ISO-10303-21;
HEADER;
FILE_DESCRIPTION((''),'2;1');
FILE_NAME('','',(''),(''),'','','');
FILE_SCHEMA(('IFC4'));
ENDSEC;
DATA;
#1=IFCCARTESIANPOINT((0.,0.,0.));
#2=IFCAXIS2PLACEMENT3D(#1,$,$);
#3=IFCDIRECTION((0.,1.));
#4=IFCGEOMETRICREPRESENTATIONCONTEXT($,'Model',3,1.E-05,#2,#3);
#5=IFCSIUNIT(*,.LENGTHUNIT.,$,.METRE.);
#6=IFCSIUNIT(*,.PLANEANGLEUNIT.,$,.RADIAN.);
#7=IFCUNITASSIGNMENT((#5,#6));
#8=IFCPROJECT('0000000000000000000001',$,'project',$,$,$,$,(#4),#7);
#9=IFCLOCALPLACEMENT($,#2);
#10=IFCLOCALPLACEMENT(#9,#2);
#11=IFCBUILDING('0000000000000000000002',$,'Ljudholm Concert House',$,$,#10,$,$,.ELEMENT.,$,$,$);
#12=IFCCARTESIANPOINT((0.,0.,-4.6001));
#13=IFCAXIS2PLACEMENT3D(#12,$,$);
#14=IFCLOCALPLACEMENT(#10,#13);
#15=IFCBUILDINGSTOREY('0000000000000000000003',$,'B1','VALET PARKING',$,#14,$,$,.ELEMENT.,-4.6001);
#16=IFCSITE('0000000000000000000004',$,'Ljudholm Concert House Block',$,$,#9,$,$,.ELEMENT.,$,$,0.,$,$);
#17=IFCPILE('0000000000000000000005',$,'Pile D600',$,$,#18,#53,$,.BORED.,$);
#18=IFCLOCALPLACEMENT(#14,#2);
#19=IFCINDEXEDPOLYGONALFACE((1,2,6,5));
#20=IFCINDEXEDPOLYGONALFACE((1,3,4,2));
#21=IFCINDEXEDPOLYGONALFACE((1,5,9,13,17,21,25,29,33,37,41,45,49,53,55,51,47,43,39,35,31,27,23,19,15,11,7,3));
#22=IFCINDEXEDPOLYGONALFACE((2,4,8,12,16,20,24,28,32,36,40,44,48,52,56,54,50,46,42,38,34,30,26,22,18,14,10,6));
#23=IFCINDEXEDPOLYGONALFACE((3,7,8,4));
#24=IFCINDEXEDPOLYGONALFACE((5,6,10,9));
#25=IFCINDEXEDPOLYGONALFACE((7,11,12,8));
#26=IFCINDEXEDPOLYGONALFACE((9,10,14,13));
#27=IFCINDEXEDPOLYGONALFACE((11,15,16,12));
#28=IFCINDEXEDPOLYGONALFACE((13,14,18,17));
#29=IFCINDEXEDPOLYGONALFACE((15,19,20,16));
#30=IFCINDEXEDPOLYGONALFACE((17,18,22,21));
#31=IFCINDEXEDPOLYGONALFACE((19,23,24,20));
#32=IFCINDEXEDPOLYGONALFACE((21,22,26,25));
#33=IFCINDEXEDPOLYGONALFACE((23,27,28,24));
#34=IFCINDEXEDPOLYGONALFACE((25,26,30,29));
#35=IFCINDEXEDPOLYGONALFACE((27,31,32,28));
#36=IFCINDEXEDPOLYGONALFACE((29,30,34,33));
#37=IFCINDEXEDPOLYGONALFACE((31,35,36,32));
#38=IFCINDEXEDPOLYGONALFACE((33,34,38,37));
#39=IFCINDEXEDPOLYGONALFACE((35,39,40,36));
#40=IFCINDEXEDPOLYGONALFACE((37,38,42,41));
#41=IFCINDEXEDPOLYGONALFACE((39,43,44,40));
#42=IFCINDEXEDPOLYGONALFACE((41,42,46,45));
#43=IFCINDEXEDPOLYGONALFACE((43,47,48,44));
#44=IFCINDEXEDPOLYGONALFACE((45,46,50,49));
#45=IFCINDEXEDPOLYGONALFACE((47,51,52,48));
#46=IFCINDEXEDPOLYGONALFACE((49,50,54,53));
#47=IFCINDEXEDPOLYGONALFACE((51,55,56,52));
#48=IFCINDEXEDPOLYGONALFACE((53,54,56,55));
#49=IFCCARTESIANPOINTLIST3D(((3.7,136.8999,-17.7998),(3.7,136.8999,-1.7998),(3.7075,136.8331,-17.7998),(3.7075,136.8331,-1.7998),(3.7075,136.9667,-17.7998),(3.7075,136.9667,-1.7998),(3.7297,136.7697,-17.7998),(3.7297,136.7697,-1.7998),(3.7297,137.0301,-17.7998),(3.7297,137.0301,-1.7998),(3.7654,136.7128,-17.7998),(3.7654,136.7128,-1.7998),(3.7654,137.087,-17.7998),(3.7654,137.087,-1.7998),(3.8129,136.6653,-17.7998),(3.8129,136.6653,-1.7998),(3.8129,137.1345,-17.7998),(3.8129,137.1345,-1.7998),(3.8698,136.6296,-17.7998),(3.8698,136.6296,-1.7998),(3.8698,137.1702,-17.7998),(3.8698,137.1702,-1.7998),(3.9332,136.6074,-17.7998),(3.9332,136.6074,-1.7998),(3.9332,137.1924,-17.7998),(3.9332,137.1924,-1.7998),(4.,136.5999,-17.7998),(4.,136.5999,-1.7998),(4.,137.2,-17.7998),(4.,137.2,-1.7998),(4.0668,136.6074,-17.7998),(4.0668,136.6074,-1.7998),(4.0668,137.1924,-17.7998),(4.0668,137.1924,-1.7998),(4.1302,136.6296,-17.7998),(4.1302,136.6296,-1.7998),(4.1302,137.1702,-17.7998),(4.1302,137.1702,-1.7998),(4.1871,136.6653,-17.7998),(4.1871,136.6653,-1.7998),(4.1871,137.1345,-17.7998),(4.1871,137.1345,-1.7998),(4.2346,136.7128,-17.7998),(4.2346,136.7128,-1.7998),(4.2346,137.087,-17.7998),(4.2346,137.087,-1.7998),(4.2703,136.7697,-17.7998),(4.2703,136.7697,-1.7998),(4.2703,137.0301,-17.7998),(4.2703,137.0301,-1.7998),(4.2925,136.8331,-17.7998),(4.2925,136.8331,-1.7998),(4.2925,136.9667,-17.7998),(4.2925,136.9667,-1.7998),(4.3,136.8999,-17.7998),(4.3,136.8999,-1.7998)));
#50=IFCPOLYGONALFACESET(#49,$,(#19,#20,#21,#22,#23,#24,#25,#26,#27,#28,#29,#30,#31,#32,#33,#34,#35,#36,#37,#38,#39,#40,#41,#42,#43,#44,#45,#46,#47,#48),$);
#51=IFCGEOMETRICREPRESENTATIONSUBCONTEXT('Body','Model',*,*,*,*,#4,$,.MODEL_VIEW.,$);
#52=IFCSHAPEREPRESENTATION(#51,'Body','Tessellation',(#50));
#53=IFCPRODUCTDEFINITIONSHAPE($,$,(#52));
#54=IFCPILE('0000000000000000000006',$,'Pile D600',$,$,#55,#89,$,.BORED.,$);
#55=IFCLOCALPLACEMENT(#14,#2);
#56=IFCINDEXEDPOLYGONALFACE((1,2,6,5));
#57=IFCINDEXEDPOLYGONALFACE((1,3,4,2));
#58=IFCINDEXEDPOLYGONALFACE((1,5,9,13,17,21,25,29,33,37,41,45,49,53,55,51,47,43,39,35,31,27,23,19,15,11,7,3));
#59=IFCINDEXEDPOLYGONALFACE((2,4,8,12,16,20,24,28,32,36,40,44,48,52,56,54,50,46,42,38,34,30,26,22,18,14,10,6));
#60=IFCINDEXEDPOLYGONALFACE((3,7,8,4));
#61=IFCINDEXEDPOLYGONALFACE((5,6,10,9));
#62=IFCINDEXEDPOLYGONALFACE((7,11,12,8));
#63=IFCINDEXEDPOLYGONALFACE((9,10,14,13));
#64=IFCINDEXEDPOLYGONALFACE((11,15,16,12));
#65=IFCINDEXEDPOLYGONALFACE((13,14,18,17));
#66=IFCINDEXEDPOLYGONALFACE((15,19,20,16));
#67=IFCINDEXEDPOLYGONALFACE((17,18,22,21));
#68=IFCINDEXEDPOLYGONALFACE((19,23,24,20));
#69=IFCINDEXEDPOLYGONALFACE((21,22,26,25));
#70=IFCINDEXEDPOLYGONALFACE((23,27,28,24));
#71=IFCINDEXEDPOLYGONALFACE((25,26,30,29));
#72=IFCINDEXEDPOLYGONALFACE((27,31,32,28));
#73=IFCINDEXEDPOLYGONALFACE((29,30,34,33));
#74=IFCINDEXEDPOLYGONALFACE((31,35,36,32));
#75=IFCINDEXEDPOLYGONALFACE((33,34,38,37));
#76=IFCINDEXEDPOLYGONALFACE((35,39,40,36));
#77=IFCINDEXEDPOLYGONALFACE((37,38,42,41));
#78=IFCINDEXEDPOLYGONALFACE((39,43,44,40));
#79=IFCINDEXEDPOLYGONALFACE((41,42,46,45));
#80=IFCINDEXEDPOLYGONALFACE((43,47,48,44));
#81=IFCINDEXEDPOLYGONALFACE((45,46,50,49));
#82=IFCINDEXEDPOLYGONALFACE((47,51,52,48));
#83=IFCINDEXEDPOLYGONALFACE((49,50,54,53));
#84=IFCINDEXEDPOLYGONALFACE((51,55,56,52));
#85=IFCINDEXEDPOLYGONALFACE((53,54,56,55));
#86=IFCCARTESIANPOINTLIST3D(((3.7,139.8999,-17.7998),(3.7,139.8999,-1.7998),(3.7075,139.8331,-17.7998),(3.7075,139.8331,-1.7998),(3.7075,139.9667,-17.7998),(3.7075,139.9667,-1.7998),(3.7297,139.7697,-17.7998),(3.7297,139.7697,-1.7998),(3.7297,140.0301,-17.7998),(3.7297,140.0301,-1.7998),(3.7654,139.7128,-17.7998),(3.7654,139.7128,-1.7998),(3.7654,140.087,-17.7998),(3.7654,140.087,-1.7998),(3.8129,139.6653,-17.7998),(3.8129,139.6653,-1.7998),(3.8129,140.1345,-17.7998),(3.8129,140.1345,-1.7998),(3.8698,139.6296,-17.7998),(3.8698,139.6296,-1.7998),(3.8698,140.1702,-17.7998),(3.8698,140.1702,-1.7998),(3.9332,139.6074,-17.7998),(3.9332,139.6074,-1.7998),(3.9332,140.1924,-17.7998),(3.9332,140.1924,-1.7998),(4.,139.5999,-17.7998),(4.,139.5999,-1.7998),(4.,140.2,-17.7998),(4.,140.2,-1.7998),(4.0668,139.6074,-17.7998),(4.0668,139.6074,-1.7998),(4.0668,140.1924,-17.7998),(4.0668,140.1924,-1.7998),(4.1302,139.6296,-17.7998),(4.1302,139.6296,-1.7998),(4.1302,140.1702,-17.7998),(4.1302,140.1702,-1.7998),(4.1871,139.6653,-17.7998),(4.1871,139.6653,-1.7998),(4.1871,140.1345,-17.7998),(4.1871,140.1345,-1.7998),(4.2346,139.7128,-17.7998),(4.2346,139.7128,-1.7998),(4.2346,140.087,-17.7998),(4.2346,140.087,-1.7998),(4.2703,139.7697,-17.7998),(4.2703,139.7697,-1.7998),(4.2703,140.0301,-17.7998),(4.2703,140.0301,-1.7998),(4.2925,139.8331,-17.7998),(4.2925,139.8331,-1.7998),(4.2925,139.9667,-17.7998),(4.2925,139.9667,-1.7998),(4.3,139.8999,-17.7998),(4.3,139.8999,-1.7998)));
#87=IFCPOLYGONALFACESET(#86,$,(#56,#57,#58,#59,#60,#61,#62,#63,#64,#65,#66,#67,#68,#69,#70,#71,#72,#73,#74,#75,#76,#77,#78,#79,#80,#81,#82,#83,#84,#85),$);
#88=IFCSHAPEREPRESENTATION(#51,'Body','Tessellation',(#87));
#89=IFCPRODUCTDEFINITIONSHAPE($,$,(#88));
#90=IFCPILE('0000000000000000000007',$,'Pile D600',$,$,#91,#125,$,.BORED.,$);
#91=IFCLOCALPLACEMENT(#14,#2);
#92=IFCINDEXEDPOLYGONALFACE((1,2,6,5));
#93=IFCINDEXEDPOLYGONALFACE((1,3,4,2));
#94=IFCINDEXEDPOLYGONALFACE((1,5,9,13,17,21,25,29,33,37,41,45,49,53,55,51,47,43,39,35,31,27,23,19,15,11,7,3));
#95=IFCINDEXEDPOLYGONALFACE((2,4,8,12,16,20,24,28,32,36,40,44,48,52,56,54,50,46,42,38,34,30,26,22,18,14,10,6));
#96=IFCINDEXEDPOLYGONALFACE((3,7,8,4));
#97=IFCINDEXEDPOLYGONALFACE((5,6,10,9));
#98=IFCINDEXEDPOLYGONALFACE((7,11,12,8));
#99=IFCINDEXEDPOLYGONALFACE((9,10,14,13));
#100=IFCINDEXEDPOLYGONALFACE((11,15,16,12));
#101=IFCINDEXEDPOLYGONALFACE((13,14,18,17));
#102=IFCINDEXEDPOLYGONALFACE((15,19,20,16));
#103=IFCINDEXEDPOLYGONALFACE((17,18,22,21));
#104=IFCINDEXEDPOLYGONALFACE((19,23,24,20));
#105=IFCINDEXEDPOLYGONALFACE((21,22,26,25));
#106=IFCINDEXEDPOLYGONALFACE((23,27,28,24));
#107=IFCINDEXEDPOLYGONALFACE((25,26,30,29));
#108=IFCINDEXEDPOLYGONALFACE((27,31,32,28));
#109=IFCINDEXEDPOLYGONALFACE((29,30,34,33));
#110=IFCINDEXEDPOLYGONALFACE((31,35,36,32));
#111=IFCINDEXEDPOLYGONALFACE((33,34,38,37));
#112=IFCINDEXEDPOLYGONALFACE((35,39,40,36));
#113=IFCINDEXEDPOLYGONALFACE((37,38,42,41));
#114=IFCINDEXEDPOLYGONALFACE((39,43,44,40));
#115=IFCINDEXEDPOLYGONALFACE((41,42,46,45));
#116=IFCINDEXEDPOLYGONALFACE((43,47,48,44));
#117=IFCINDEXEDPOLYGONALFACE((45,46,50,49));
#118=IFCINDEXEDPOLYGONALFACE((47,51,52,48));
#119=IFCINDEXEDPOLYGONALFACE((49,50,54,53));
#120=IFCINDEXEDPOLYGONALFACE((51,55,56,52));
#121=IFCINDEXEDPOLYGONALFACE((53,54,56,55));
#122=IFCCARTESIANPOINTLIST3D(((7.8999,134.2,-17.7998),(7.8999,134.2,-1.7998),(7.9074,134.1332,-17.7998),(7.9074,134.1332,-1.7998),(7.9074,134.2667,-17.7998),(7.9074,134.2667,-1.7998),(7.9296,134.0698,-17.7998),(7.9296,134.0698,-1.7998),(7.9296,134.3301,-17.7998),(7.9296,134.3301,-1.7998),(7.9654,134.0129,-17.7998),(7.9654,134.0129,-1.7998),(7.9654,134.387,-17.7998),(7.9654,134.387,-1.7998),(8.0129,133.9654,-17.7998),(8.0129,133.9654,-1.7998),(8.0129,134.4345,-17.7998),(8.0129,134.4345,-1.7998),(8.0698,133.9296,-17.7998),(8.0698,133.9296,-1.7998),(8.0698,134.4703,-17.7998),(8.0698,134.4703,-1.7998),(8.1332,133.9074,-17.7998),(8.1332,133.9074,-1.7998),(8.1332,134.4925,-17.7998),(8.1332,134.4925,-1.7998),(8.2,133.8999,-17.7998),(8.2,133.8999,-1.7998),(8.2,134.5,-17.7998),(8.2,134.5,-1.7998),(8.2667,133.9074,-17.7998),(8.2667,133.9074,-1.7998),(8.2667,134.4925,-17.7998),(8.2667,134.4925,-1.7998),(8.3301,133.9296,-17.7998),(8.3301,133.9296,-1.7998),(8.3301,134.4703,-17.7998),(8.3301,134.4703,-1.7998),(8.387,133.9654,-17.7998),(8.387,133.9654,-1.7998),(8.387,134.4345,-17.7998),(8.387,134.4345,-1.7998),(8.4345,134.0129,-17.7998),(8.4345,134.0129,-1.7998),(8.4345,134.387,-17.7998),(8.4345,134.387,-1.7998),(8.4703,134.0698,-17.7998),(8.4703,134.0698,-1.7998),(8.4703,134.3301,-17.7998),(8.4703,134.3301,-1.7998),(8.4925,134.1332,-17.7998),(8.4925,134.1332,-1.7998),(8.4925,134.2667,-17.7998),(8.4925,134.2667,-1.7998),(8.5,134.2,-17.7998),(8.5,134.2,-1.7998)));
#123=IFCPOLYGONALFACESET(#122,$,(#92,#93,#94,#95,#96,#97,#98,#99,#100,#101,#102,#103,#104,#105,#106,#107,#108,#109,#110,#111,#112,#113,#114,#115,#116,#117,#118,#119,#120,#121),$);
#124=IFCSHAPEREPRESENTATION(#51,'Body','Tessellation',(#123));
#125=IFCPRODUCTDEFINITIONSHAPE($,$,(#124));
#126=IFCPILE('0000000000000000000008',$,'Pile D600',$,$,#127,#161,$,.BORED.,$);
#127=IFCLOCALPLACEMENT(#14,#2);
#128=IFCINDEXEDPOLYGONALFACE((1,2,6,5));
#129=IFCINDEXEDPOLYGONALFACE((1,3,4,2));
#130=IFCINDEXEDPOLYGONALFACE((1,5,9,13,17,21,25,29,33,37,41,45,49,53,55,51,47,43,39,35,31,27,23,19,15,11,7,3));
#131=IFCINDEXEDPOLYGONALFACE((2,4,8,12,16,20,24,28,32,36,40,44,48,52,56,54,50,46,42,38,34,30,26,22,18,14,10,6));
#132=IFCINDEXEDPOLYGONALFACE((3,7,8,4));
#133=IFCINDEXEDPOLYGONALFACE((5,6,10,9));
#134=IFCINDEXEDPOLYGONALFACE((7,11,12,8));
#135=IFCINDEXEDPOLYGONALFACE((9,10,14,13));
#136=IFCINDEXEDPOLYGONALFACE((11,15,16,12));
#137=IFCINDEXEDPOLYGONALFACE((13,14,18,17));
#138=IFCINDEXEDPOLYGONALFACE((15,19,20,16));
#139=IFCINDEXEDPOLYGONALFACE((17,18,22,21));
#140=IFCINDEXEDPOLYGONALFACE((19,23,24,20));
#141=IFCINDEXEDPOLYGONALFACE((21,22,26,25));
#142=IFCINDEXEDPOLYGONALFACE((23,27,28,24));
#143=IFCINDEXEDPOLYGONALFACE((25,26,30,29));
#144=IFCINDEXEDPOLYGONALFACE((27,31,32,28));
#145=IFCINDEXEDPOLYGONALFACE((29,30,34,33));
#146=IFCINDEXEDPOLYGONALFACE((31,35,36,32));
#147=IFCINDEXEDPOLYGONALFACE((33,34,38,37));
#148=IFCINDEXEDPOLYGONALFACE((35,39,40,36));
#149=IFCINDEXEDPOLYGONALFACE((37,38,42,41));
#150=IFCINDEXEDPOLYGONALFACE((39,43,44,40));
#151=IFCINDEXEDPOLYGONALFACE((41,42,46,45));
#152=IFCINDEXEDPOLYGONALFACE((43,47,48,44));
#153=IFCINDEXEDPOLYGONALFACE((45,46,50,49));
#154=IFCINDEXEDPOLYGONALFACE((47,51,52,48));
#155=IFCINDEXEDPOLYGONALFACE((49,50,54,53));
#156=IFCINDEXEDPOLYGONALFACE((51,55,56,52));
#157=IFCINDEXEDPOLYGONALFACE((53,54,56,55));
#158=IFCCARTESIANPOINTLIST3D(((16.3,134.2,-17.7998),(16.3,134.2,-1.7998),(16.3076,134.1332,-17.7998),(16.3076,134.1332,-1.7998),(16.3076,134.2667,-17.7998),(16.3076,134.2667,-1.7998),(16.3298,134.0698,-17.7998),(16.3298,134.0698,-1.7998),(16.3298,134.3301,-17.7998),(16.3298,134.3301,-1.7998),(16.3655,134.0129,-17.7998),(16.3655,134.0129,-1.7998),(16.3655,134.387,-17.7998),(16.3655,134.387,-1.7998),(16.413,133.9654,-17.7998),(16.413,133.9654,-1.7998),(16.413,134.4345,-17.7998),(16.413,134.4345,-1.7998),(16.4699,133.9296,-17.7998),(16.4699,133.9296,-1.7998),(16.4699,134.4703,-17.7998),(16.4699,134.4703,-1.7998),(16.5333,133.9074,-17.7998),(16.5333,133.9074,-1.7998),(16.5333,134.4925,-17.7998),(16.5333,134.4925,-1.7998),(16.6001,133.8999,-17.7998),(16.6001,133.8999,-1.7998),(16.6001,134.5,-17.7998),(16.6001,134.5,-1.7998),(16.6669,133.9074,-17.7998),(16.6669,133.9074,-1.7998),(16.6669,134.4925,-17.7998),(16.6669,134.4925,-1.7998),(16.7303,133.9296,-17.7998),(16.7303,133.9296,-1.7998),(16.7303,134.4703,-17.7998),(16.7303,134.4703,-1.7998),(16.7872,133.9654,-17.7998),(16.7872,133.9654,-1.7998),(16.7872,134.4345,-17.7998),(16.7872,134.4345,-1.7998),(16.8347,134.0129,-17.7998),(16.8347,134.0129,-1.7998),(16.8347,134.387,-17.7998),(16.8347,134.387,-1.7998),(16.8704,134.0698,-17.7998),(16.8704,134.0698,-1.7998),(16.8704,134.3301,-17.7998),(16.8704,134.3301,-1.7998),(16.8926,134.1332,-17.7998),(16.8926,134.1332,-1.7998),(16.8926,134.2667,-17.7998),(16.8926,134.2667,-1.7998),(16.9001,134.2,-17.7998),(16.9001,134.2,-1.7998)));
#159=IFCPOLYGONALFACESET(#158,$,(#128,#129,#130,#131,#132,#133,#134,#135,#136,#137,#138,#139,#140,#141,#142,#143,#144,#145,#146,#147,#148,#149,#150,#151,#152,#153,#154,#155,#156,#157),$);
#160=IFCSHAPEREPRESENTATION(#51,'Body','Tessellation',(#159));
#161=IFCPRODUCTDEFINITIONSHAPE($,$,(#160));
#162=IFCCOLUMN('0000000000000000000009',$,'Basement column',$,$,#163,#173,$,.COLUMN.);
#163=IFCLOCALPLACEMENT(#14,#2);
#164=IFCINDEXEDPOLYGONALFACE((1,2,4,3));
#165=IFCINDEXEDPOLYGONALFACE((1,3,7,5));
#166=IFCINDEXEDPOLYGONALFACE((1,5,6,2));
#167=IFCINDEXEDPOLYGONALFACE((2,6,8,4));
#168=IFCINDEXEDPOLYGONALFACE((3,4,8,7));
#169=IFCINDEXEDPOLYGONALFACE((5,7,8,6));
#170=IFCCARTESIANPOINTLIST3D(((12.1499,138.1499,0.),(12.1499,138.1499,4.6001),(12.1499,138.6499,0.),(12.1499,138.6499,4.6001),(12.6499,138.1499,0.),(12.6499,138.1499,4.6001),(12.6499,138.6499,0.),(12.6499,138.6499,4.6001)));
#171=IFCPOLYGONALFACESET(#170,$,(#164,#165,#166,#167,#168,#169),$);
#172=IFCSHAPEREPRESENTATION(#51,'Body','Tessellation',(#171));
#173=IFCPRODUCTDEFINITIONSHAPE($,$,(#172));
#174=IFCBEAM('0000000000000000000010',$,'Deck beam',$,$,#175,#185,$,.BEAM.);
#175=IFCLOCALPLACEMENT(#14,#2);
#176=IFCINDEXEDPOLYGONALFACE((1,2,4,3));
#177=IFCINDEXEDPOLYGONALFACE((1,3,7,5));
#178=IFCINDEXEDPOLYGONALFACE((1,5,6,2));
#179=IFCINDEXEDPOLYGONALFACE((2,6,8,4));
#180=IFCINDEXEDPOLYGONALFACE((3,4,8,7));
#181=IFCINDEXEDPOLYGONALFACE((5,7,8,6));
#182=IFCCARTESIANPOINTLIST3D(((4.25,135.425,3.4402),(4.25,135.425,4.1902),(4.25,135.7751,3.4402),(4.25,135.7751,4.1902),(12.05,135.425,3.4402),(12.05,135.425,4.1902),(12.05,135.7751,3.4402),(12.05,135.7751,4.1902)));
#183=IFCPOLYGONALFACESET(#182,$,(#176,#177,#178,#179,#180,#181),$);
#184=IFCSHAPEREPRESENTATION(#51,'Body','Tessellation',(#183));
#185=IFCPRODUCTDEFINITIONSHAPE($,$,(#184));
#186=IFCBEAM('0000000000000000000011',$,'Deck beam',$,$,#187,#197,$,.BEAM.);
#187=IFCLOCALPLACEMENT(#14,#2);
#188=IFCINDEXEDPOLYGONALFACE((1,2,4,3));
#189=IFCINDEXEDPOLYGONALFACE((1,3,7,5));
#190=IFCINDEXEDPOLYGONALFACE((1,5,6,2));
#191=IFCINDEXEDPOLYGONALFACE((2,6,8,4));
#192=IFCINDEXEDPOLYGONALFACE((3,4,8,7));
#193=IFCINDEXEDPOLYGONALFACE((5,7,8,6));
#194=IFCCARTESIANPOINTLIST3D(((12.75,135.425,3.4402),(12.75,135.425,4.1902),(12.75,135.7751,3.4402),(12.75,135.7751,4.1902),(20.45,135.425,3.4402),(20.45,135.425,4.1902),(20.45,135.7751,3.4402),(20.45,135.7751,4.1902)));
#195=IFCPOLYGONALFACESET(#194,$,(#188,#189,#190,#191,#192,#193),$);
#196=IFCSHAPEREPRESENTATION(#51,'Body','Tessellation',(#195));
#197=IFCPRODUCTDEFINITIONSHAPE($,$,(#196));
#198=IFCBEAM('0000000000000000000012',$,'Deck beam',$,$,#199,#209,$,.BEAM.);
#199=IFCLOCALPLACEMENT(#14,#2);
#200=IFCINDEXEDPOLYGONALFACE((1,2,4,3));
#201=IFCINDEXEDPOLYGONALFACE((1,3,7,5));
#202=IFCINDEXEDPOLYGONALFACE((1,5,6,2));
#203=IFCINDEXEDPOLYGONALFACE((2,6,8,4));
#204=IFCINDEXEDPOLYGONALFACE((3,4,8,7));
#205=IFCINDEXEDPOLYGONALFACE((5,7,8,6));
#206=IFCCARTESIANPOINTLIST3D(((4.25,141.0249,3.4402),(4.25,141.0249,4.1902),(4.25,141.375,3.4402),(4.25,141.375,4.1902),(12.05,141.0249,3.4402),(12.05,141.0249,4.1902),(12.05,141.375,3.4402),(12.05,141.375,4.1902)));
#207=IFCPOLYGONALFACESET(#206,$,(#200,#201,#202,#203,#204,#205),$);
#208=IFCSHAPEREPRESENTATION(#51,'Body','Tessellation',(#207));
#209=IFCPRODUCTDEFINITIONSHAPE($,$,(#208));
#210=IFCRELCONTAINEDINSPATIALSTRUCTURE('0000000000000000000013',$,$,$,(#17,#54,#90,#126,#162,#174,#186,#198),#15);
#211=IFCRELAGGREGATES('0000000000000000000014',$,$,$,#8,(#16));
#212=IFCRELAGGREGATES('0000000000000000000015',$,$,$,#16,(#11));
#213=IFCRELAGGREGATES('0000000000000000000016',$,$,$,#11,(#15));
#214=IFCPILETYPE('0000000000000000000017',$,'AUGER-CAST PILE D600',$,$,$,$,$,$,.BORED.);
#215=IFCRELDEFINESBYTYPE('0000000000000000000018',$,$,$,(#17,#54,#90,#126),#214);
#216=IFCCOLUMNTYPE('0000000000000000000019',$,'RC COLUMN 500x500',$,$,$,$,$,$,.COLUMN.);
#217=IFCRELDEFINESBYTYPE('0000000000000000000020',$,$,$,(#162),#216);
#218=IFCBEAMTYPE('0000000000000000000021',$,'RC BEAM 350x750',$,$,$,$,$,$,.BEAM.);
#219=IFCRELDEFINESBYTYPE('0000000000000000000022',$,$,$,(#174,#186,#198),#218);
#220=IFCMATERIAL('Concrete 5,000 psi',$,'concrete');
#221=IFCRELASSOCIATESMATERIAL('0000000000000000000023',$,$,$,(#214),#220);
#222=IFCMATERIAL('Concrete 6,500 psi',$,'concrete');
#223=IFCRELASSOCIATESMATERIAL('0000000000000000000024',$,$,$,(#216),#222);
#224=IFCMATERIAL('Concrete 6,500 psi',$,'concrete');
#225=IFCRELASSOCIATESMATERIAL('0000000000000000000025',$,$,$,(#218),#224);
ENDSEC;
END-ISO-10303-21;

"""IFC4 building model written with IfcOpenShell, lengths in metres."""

from ifc_helpers import new_model, si_unit, direction, frame, origin, origin_2d, place, context, subcontext, project, spatial, rectangle, circle, extrude, material, material_profile, profile_set, type_object, element, save


model = new_model("IFC4")

# Units and contexts
model_context = context("Model", 3, precision=1e-05, world=origin(), true_north=direction((0.0, 1.0)))
body_context = subcontext(model_context, "Body", "Model", "MODEL_VIEW")
ifc_project = project(units=[si_unit("LENGTHUNIT", "METRE"), si_unit("PLANEANGLEUNIT", "RADIAN")], contexts=[model_context])

# Site, building, storey
site_placement = place(None, origin())
site = spatial("IfcSite", under=ifc_project, at=site_placement, Name="Ljudholm Concert House Block", CompositionType="ELEMENT", RefElevation=0.0)
building_placement = place(site_placement, origin())
building = spatial("IfcBuilding", under=site, at=building_placement, Name="Ljudholm Concert House", CompositionType="ELEMENT")
storey_placement = place(building_placement, frame((0.0, 0.0, -4.6001)))
storey = spatial("IfcBuildingStorey", under=building, at=storey_placement, Name="B1", Description="VALET PARKING", CompositionType="ELEMENT", Elevation=-4.6001)

# Piles
ifc_material_1 = material(Name="Concrete 5,000 psi", Category="concrete")
ifc_material_profile_1 = material_profile(ifc_material_1, circle(Radius=0.3, at=origin_2d()), Name="AUGER-CAST PILE D600")
ifc_profile_set_1 = profile_set([ifc_material_profile_1], Name="Concrete 5,000 psi")
pile_type = type_object("IfcPileType", Name="AUGER-CAST PILE D600", PredefinedType="BORED", material=ifc_profile_set_1)
for number, where, z_axis, x_axis, name in (
    (1, (4.0, 136.8999, -1.7998), (0.0, 0.0, -1.0), (1.0, 0.0, 0.0), "Pile D600"),
    (2, (4.0, 139.8999, -1.7998), (0.0, 0.0, -1.0), (1.0, 0.0, 0.0), "Pile D600"),
    (3, (8.2, 134.2, -1.7998), (0.0, 0.0, -1.0), (1.0, 0.0, 0.0), "Pile D600"),
    (4, (16.6001, 134.2, -1.7998), (0.0, 0.0, -1.0), (1.0, 0.0, 0.0), "Pile D600"),
):
    element("IfcPile", number, at=place(storey_placement, frame(where, z_axis=z_axis, x_axis=x_axis)), inside=storey, type_object=pile_type, Name=name, PredefinedType="BORED", context=body_context, shape_type="SweptSolid", body=[
        extrude(circle(Radius=0.3, at=origin_2d()), origin(), (0.0, 0.0, 1.0), 16.0),
    ])

# Column
ifc_material_2 = material(Name="Concrete 6,500 psi", Category="concrete")
ifc_material_profile_2 = material_profile(ifc_material_2, rectangle(XDim=0.5, YDim=0.5, at=origin_2d()), Name="RC COLUMN 500x500")
ifc_profile_set_2 = profile_set([ifc_material_profile_2], Name="Concrete 6,500 psi")
column_type = type_object("IfcColumnType", Name="RC COLUMN 500x500", PredefinedType="COLUMN", material=ifc_profile_set_2)
column_placement = place(storey_placement, frame((12.3999, 138.3999, 0.0), z_axis=(0.0, 0.0, 1.0), x_axis=(1.0, 0.0, 0.0)))
element("IfcColumn", 5, at=column_placement, inside=storey, type_object=column_type, Name="Basement column", PredefinedType="COLUMN", context=body_context, shape_type="SweptSolid", body=[
    extrude(rectangle(XDim=0.5, YDim=0.5, at=origin_2d()), origin(), (0.0, 0.0, 1.0), 4.6001),
])

# Beams
ifc_material_3 = material(Name="Concrete 6,500 psi", Category="concrete")
ifc_material_profile_3 = material_profile(ifc_material_3, rectangle(XDim=0.3501, YDim=0.75, at=origin_2d()), Name="RC BEAM 350x750")
ifc_profile_set_3 = profile_set([ifc_material_profile_3], Name="Concrete 6,500 psi")
beam_type_1 = type_object("IfcBeamType", Name="RC BEAM 350x750", PredefinedType="BEAM", material=ifc_profile_set_3)
beam_1_placement = place(storey_placement, frame((4.25, 135.6001, 3.8152), z_axis=(1.0, 0.0, 0.0), x_axis=(0.0, 1.0, 0.0)))
element("IfcBeam", 6, at=beam_1_placement, inside=storey, type_object=beam_type_1, Name="Deck beam", PredefinedType="BEAM", context=body_context, shape_type="SweptSolid", body=[
    extrude(rectangle(XDim=0.3501, YDim=0.75, at=origin_2d()), origin(), (0.0, 0.0, 1.0), 7.8),
])
beam_2_placement = place(storey_placement, frame((12.75, 135.6001, 3.8152), z_axis=(1.0, 0.0, 0.0), x_axis=(0.0, 1.0, 0.0)))
element("IfcBeam", 7, at=beam_2_placement, inside=storey, type_object=beam_type_1, Name="Deck beam", PredefinedType="BEAM", context=body_context, shape_type="SweptSolid", body=[
    extrude(rectangle(XDim=0.3501, YDim=0.75, at=origin_2d()), origin(), (0.0, 0.0, 1.0), 7.7),
])
beam_3_placement = place(storey_placement, frame((4.25, 141.2, 3.8152), z_axis=(1.0, 0.0, 0.0), x_axis=(0.0, 1.0, 0.0)))
element("IfcBeam", 8, at=beam_3_placement, inside=storey, type_object=beam_type_1, Name="Deck beam", PredefinedType="BEAM", context=body_context, shape_type="SweptSolid", body=[
    extrude(rectangle(XDim=0.3501, YDim=0.75, at=origin_2d()), origin(), (0.0, 0.0, 1.0), 7.8),
])

save(model, "model.ifc")
